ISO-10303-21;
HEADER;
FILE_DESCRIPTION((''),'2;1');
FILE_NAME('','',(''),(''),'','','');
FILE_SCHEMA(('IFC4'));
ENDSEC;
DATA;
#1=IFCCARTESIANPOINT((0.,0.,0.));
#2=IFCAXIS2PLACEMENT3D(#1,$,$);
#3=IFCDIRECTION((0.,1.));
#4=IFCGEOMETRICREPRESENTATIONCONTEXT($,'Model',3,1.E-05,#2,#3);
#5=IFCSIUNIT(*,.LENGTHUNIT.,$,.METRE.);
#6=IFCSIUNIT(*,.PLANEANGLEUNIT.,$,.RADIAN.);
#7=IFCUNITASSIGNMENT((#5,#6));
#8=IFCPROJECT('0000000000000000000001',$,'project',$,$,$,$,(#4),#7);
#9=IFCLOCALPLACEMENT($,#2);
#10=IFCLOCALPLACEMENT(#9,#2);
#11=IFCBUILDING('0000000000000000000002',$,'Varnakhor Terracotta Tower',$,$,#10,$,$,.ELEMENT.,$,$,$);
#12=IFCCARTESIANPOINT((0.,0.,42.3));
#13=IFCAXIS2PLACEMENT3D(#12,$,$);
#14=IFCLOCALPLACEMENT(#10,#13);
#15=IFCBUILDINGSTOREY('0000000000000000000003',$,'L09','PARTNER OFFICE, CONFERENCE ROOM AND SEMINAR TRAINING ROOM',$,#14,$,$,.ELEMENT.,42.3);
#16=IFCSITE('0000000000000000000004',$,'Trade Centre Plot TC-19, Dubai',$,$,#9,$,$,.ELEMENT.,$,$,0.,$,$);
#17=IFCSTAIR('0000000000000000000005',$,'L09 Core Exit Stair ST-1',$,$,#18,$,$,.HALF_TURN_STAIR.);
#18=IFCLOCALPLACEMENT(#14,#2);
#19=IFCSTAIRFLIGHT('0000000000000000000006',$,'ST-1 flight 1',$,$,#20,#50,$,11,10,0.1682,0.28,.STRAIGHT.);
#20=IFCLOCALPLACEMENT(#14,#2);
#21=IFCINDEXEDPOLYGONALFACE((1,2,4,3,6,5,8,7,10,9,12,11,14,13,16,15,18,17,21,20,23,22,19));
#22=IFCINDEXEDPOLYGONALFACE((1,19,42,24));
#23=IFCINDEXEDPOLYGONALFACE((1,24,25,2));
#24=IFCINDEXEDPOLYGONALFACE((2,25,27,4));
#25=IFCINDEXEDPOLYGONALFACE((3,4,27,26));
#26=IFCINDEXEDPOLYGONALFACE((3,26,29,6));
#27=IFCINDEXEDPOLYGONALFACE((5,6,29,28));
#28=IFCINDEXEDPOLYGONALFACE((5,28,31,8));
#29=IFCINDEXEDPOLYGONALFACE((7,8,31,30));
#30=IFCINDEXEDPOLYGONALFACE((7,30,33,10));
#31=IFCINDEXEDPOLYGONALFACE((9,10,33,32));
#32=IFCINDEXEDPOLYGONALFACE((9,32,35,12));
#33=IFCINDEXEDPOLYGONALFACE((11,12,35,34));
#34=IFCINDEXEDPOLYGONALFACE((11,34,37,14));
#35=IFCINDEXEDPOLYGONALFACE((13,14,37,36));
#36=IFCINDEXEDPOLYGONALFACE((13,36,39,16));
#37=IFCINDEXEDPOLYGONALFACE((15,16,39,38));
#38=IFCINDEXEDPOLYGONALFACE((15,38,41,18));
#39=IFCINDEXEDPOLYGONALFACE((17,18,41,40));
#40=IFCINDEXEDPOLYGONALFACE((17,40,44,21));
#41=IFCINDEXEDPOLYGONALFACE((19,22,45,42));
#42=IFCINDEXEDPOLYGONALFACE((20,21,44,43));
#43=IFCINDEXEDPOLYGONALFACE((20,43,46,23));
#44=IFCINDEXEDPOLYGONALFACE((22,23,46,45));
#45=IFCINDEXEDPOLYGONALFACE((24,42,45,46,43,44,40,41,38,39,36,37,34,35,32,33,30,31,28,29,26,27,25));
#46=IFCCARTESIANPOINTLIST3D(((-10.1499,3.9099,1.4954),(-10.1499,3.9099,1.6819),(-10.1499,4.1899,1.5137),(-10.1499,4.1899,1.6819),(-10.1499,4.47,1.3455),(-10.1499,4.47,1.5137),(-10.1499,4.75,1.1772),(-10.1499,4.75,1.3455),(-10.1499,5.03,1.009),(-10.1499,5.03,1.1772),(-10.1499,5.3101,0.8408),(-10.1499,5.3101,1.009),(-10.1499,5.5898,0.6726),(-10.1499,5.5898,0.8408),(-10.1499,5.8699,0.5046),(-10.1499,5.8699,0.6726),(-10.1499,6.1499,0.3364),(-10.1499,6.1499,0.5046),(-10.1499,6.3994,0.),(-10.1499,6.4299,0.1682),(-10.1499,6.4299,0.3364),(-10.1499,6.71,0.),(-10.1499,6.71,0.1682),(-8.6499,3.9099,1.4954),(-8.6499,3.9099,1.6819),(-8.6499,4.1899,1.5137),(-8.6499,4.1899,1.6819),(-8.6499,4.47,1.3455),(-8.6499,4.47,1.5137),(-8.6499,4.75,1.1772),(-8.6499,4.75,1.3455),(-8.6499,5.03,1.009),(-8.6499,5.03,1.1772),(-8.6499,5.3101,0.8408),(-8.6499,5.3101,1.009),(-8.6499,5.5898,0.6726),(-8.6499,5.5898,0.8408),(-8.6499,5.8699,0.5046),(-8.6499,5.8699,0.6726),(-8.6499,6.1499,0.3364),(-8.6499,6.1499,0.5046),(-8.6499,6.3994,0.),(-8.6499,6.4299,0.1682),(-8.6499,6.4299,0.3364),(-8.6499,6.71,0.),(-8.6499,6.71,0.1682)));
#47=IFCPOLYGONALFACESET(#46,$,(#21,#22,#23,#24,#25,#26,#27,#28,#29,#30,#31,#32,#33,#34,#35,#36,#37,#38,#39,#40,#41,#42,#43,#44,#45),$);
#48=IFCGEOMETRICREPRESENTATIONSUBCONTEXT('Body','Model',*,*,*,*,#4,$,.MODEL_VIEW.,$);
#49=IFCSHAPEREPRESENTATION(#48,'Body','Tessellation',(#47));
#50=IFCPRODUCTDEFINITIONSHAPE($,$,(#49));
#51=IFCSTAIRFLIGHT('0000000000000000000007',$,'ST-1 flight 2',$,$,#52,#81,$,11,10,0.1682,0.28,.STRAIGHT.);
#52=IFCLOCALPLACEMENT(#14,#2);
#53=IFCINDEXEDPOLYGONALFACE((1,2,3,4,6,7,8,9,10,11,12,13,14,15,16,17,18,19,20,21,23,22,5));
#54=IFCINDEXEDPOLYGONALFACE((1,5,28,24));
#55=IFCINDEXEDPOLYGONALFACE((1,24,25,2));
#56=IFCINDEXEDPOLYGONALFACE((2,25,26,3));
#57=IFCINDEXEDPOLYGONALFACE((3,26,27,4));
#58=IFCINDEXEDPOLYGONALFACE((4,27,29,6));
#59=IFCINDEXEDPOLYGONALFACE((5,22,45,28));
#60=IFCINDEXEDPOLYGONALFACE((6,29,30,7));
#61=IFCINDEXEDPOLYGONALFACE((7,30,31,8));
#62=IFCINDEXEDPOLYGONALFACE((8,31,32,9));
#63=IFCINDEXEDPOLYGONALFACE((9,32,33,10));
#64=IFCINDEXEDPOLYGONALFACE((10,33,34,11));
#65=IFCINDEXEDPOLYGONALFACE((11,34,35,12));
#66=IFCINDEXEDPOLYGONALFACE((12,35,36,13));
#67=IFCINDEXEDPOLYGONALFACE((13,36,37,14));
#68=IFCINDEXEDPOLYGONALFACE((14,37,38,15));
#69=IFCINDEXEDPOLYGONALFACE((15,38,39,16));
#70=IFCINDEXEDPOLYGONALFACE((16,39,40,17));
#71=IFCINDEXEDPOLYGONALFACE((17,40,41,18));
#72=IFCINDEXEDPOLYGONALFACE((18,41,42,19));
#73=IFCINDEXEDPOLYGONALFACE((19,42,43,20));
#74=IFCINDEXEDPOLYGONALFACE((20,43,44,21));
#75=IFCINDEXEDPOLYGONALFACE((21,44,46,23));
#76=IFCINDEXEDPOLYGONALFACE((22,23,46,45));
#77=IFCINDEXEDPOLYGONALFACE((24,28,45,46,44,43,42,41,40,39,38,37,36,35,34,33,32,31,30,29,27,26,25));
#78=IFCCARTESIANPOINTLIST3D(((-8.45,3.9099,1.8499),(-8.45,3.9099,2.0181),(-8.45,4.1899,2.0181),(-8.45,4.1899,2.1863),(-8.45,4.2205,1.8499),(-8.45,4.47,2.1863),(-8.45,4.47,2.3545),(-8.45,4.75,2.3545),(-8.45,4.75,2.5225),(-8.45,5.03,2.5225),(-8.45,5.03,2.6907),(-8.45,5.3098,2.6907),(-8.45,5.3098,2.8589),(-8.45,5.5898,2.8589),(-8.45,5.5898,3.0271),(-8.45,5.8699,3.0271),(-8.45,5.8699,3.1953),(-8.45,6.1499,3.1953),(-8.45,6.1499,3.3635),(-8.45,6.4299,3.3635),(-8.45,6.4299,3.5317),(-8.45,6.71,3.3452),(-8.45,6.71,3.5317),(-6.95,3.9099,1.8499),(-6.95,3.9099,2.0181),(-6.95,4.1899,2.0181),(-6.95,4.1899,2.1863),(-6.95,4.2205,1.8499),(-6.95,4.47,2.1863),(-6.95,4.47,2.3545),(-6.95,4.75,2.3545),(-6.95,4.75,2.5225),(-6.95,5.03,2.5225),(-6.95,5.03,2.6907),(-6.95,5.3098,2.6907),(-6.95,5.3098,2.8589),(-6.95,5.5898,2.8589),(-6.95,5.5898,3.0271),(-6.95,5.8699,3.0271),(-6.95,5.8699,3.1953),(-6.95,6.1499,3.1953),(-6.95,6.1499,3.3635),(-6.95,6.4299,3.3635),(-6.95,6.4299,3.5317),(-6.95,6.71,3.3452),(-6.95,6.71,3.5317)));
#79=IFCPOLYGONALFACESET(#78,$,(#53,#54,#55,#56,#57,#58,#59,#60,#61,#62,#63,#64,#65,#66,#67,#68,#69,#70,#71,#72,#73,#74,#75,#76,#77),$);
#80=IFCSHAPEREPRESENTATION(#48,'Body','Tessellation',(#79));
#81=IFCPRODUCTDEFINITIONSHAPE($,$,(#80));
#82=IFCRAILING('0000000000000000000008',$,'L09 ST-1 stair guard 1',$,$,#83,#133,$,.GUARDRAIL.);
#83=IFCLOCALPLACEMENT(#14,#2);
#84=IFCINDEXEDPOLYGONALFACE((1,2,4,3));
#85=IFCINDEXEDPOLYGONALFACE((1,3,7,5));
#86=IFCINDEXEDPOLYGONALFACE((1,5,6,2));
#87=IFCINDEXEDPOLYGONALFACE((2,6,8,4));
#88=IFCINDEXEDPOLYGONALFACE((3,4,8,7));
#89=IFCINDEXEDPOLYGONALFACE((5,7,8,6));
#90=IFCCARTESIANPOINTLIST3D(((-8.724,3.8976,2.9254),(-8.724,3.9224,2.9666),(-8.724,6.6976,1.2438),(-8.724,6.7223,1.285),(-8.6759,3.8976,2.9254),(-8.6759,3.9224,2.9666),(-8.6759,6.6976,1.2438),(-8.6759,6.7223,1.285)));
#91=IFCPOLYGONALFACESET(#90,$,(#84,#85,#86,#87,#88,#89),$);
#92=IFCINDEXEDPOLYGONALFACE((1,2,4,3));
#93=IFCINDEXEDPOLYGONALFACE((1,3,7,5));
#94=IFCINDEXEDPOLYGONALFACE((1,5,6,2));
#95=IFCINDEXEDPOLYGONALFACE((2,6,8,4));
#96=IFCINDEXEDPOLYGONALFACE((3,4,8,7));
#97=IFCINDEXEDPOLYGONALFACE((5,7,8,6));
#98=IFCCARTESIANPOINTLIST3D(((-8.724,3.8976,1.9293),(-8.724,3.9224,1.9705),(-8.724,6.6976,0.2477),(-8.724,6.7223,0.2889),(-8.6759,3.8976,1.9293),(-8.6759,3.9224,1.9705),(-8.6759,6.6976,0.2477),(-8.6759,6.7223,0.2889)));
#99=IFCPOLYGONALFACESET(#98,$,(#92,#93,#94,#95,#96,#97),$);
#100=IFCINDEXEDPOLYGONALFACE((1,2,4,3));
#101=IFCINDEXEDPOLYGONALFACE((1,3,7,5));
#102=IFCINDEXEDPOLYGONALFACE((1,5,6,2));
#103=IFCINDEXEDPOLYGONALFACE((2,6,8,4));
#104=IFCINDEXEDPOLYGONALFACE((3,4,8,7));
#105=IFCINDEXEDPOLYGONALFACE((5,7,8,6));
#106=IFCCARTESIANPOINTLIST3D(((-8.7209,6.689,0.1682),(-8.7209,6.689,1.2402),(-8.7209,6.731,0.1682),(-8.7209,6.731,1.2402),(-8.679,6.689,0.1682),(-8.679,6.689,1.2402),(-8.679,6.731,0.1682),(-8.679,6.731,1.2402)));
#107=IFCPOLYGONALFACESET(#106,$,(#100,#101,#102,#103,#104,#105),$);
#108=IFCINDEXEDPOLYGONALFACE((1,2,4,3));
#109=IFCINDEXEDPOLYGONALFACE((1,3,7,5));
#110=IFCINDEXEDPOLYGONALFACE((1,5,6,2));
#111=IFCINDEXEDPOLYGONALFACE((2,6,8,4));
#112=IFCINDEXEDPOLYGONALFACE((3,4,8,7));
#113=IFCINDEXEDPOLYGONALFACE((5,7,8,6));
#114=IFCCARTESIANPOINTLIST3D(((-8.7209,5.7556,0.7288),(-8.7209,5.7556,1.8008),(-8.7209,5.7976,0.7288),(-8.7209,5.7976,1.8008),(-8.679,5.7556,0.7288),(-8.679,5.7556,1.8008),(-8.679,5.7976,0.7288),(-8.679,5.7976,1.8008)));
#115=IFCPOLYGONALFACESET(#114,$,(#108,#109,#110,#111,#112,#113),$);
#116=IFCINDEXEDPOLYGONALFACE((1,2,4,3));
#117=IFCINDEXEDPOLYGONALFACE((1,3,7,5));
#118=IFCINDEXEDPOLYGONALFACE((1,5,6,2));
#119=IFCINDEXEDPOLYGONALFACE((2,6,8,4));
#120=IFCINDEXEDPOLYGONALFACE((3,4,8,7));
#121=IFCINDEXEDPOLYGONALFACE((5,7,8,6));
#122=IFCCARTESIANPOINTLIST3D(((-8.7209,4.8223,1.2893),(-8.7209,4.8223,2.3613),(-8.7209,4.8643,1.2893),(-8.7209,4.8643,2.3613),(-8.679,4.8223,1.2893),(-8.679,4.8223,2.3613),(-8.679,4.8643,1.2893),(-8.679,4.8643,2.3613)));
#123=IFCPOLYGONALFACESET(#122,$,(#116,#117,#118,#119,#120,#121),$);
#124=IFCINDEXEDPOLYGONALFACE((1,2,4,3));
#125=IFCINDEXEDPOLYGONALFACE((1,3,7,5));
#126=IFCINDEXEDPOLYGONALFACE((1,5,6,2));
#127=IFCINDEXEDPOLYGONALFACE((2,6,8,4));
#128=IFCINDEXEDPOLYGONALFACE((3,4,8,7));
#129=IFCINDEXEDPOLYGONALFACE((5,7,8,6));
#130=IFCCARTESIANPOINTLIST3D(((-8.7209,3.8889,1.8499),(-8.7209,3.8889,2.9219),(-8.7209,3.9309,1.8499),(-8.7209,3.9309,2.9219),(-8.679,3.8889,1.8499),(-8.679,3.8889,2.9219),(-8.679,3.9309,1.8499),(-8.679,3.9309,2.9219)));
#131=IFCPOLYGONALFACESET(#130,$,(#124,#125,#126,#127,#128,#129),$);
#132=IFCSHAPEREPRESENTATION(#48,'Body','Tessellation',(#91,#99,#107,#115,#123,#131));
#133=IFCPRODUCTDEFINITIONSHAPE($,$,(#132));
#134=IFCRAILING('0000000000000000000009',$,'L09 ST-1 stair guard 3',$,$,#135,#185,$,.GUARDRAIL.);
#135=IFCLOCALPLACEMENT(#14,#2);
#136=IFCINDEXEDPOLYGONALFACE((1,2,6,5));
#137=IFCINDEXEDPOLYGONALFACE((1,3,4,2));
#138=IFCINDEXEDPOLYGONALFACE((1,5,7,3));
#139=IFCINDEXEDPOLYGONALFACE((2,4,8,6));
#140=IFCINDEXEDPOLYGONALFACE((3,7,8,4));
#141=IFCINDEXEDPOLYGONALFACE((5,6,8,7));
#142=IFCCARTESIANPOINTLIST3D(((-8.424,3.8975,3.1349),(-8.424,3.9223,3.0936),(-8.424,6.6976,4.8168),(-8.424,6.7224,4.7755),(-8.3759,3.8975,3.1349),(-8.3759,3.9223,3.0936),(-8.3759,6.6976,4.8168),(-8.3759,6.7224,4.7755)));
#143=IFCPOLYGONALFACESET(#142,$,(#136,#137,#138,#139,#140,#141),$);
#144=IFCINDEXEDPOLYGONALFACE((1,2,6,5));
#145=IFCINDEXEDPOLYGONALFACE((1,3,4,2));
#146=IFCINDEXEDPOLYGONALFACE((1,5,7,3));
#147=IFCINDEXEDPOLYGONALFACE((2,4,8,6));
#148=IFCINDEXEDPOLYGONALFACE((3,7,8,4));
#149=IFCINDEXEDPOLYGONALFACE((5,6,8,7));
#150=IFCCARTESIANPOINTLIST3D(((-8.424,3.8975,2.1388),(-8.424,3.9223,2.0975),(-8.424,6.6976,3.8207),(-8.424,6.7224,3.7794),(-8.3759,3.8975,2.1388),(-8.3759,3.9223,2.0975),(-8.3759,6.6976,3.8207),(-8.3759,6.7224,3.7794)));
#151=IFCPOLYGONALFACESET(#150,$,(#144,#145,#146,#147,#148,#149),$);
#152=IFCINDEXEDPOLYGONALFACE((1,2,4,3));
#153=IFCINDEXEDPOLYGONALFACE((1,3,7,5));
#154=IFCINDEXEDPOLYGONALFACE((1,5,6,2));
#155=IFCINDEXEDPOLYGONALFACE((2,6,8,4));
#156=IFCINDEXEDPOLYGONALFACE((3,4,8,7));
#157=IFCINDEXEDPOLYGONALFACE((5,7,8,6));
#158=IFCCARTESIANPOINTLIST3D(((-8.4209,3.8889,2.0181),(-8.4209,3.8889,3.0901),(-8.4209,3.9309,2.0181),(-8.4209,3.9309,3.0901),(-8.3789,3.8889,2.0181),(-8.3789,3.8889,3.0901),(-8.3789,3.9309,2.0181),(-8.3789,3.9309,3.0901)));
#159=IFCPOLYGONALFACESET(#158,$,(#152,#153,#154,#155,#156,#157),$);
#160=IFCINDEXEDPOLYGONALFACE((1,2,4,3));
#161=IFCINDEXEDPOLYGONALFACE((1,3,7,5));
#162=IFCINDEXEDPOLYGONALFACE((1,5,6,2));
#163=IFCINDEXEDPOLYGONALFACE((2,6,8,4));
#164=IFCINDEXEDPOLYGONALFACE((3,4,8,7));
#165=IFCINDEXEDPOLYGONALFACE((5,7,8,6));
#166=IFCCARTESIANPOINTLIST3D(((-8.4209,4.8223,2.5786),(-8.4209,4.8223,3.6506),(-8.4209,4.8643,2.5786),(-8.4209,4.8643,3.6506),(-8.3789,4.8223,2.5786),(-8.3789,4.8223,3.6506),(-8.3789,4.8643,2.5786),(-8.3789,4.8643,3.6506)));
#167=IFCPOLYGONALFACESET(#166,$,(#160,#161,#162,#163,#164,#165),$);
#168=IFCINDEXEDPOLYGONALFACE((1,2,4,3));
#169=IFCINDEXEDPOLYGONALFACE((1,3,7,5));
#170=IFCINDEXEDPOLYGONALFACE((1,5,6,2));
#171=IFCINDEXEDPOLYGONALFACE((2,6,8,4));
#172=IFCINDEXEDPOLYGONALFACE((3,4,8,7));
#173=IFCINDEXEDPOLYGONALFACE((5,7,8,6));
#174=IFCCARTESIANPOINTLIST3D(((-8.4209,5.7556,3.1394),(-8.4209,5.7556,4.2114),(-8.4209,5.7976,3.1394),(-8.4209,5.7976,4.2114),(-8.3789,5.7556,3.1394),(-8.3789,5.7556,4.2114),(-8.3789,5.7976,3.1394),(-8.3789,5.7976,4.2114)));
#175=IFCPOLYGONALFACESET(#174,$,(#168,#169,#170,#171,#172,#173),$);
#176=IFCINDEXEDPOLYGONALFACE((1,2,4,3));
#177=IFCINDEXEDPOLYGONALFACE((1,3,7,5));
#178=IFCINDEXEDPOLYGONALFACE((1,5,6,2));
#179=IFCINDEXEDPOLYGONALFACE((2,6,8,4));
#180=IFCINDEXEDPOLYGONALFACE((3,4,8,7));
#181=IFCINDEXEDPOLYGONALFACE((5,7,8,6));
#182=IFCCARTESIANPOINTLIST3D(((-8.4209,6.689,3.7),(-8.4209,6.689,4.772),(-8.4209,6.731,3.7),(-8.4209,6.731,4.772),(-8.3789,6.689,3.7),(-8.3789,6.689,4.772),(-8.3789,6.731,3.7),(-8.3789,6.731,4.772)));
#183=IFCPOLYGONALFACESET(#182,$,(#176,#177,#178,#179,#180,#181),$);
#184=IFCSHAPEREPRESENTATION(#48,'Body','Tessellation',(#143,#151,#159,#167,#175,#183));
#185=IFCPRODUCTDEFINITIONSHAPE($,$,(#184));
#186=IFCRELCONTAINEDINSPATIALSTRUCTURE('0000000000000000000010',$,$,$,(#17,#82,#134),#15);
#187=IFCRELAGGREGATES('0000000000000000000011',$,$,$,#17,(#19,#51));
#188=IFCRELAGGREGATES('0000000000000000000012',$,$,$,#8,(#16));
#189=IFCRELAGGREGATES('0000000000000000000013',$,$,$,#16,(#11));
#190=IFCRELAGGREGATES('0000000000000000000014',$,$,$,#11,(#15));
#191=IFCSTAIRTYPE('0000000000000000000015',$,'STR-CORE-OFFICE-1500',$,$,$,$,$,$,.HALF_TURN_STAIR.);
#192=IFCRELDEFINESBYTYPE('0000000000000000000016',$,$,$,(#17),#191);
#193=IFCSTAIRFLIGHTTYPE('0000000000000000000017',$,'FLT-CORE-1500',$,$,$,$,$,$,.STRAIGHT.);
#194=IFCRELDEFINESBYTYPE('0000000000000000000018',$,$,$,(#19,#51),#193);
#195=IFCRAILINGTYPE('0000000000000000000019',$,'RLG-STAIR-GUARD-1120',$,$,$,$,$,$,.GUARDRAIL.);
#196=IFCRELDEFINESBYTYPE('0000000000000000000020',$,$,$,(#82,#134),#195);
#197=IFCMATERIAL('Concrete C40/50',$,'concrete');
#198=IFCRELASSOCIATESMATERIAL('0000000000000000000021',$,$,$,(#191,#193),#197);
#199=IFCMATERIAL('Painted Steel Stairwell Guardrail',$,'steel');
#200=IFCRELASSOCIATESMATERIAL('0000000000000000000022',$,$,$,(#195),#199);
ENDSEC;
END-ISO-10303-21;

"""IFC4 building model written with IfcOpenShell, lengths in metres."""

from ifc_helpers import new_model, si_unit, direction, frame, origin, origin_2d, place, context, subcontext, project, spatial, polyline, rectangle, outline, extrude, material, type_object, element, aggregate, save


model = new_model("IFC4")

# Units and contexts
model_context = context("Model", 3, precision=1e-05, world=origin(), true_north=direction((0.0, 1.0)))
body_context = subcontext(model_context, "Body", "Model", "MODEL_VIEW")
ifc_project = project(units=[si_unit("LENGTHUNIT", "METRE"), si_unit("PLANEANGLEUNIT", "RADIAN")], contexts=[model_context])

# Site, building, storey
site_placement = place(None, origin())
site = spatial("IfcSite", under=ifc_project, at=site_placement, Name="Trade Centre Plot TC-19, Dubai", CompositionType="ELEMENT", RefElevation=0.0)
building_placement = place(site_placement, origin())
building = spatial("IfcBuilding", under=site, at=building_placement, Name="Varnakhor Terracotta Tower", CompositionType="ELEMENT")
storey_placement = place(building_placement, frame((0.0, 0.0, 42.3)))
storey = spatial("IfcBuildingStorey", under=building, at=storey_placement, Name="L09", Description="PARTNER OFFICE, CONFERENCE ROOM AND SEMINAR TRAINING ROOM", CompositionType="ELEMENT", Elevation=42.3)

# Shared definitions
ifc_material_1 = material(Name="Concrete C40/50", Category="concrete")

# Stair, stair flights
stair_type = type_object("IfcStairType", Name="STR-CORE-OFFICE-1500", PredefinedType="HALF_TURN_STAIR", material=ifc_material_1)
stair_placement = place(storey_placement, origin())
stair = element("IfcStair", 1, at=stair_placement, inside=storey, type_object=stair_type, Name="L09 Core Exit Stair ST-1", PredefinedType="HALF_TURN_STAIR")
stair_flight_type = type_object("IfcStairFlightType", Name="FLT-CORE-1500", PredefinedType="STRAIGHT", material=ifc_material_1)
stair_flight_1_placement = place(storey_placement, frame((-9.3999, 6.71, 0.0), z_axis=(0.0, 0.0, 1.0), x_axis=(0.0, -1.0, 0.0)))
stair_flight_1 = element("IfcStairFlight", 2, at=stair_flight_1_placement, type_object=stair_flight_type, Name="ST-1 flight 1", NumberOfRisers=11, NumberOfTreads=10, PredefinedType="STRAIGHT", RiserHeight=0.1682, TreadLength=0.28, context=body_context, shape_type="SweptSolid", body=[
    extrude(outline(polyline([(0.0, 0.0), (0.0, 0.1682), (0.28, 0.1682), (0.28, 0.3364), (0.5601, 0.3364), (0.5601, 0.5046), (0.8401, 0.5046), (0.8401, 0.6726), (1.1201, 0.6726), (1.1201, 0.8408), (1.3999, 0.8408), (1.3999, 1.009), (1.6799, 1.009), (1.6799, 1.1772), (1.96, 1.1772), (1.96, 1.3455), (2.24, 1.3455), (2.24, 1.5137), (2.52, 1.5137), (2.52, 1.6819), (2.8, 1.6819), (2.8, 1.8501), (2.8, 1.4954), (0.3105, 0.0), (0.0, 0.0)])), frame((0.0, 0.75, 0.0), z_axis=(0.0, -1.0, 0.0), x_axis=(1.0, 0.0, 0.0)), (0.0, 0.0, 1.0), 1.5),
])
stair_flight_2_placement = place(storey_placement, frame((-7.7, 3.9099, 1.8499), z_axis=(0.0, 0.0, 1.0), x_axis=(0.0, 1.0, 0.0)))
stair_flight_2 = element("IfcStairFlight", 3, at=stair_flight_2_placement, type_object=stair_flight_type, Name="ST-1 flight 2", NumberOfRisers=11, NumberOfTreads=10, PredefinedType="STRAIGHT", RiserHeight=0.1682, TreadLength=0.28, context=body_context, shape_type="SweptSolid", body=[
    extrude(outline(polyline([(0.0, 0.0), (0.0, 0.1682), (0.28, 0.1682), (0.28, 0.3364), (0.5601, 0.3364), (0.5601, 0.5046), (0.8401, 0.5046), (0.8401, 0.6726), (1.1201, 0.6726), (1.1201, 0.8408), (1.3999, 0.8408), (1.3999, 1.009), (1.6799, 1.009), (1.6799, 1.1772), (1.96, 1.1772), (1.96, 1.3455), (2.24, 1.3455), (2.24, 1.5137), (2.52, 1.5137), (2.52, 1.6819), (2.8, 1.6819), (2.8, 1.8501), (2.8, 1.4954), (0.3105, 0.0), (0.0, 0.0)])), frame((0.0, 0.75, 0.0), z_axis=(0.0, -1.0, 0.0), x_axis=(1.0, 0.0, 0.0)), (0.0, 0.0, 1.0), 1.5),
])
aggregate(stair, [stair_flight_1, stair_flight_2])

# Railings
ifc_material_2 = material(Name="Painted Steel Stairwell Guardrail", Category="steel")
railing_type_1 = type_object("IfcRailingType", Name="RLG-STAIR-GUARD-1120", PredefinedType="GUARDRAIL", material=ifc_material_2)
railing_1_placement = place(storey_placement, frame((-8.7, 6.71, 0.1682)))
element("IfcRailing", 4, at=railing_1_placement, inside=storey, type_object=railing_type_1, Name="L09 ST-1 stair guard 1", PredefinedType="GUARDRAIL", context=body_context, shape_type="SweptSolid", body=[
    extrude(rectangle(XDim=0.0481, YDim=0.0481, at=origin_2d()), frame((0.0, 0.0, 1.0962), z_axis=(0.0, -0.857275, 0.514858), x_axis=(1.0, 0.0, 0.0)), (0.0, 0.0, 1.0), 3.2661),
    extrude(rectangle(XDim=0.0481, YDim=0.0481, at=origin_2d()), frame((0.0, 0.0, 0.1001), z_axis=(0.0, -0.857275, 0.514858), x_axis=(1.0, 0.0, 0.0)), (0.0, 0.0, 1.0), 3.2661),
    extrude(rectangle(XDim=0.042, YDim=0.042, at=origin_2d()), origin(), (0.0, 0.0, 1.0), 1.072),
    extrude(rectangle(XDim=0.042, YDim=0.042, at=origin_2d()), frame((0.0, -0.9333, 0.5605)), (0.0, 0.0, 1.0), 1.072),
    extrude(rectangle(XDim=0.042, YDim=0.042, at=origin_2d()), frame((0.0, -1.8667, 1.1211)), (0.0, 0.0, 1.0), 1.072),
    extrude(rectangle(XDim=0.042, YDim=0.042, at=origin_2d()), frame((0.0, -2.8, 1.6816)), (0.0, 0.0, 1.0), 1.072),
])
railing_2_placement = place(storey_placement, frame((-8.3999, 3.9099, 2.0181)))
element("IfcRailing", 5, at=railing_2_placement, inside=storey, type_object=railing_type_1, Name="L09 ST-1 stair guard 3", PredefinedType="GUARDRAIL", context=body_context, shape_type="SweptSolid", body=[
    extrude(rectangle(XDim=0.0481, YDim=0.0481, at=origin_2d()), frame((0.0, 0.0, 1.0962), z_axis=(0.0, 0.857242, 0.514913), x_axis=(-1.0, 0.0, 0.0)), (0.0, 0.0, 1.0), 3.2664),
    extrude(rectangle(XDim=0.0481, YDim=0.0481, at=origin_2d()), frame((0.0, 0.0, 0.1001), z_axis=(0.0, 0.857242, 0.514913), x_axis=(-1.0, 0.0, 0.0)), (0.0, 0.0, 1.0), 3.2664),
    extrude(rectangle(XDim=0.042, YDim=0.042, at=origin_2d()), origin(), (0.0, 0.0, 1.0), 1.072),
    extrude(rectangle(XDim=0.042, YDim=0.042, at=origin_2d()), frame((0.0, 0.9333, 0.5605)), (0.0, 0.0, 1.0), 1.072),
    extrude(rectangle(XDim=0.042, YDim=0.042, at=origin_2d()), frame((0.0, 1.8667, 1.1213)), (0.0, 0.0, 1.0), 1.072),
    extrude(rectangle(XDim=0.042, YDim=0.042, at=origin_2d()), frame((0.0, 2.8, 1.6819)), (0.0, 0.0, 1.0), 1.072),
])

save(model, "model.ifc")
